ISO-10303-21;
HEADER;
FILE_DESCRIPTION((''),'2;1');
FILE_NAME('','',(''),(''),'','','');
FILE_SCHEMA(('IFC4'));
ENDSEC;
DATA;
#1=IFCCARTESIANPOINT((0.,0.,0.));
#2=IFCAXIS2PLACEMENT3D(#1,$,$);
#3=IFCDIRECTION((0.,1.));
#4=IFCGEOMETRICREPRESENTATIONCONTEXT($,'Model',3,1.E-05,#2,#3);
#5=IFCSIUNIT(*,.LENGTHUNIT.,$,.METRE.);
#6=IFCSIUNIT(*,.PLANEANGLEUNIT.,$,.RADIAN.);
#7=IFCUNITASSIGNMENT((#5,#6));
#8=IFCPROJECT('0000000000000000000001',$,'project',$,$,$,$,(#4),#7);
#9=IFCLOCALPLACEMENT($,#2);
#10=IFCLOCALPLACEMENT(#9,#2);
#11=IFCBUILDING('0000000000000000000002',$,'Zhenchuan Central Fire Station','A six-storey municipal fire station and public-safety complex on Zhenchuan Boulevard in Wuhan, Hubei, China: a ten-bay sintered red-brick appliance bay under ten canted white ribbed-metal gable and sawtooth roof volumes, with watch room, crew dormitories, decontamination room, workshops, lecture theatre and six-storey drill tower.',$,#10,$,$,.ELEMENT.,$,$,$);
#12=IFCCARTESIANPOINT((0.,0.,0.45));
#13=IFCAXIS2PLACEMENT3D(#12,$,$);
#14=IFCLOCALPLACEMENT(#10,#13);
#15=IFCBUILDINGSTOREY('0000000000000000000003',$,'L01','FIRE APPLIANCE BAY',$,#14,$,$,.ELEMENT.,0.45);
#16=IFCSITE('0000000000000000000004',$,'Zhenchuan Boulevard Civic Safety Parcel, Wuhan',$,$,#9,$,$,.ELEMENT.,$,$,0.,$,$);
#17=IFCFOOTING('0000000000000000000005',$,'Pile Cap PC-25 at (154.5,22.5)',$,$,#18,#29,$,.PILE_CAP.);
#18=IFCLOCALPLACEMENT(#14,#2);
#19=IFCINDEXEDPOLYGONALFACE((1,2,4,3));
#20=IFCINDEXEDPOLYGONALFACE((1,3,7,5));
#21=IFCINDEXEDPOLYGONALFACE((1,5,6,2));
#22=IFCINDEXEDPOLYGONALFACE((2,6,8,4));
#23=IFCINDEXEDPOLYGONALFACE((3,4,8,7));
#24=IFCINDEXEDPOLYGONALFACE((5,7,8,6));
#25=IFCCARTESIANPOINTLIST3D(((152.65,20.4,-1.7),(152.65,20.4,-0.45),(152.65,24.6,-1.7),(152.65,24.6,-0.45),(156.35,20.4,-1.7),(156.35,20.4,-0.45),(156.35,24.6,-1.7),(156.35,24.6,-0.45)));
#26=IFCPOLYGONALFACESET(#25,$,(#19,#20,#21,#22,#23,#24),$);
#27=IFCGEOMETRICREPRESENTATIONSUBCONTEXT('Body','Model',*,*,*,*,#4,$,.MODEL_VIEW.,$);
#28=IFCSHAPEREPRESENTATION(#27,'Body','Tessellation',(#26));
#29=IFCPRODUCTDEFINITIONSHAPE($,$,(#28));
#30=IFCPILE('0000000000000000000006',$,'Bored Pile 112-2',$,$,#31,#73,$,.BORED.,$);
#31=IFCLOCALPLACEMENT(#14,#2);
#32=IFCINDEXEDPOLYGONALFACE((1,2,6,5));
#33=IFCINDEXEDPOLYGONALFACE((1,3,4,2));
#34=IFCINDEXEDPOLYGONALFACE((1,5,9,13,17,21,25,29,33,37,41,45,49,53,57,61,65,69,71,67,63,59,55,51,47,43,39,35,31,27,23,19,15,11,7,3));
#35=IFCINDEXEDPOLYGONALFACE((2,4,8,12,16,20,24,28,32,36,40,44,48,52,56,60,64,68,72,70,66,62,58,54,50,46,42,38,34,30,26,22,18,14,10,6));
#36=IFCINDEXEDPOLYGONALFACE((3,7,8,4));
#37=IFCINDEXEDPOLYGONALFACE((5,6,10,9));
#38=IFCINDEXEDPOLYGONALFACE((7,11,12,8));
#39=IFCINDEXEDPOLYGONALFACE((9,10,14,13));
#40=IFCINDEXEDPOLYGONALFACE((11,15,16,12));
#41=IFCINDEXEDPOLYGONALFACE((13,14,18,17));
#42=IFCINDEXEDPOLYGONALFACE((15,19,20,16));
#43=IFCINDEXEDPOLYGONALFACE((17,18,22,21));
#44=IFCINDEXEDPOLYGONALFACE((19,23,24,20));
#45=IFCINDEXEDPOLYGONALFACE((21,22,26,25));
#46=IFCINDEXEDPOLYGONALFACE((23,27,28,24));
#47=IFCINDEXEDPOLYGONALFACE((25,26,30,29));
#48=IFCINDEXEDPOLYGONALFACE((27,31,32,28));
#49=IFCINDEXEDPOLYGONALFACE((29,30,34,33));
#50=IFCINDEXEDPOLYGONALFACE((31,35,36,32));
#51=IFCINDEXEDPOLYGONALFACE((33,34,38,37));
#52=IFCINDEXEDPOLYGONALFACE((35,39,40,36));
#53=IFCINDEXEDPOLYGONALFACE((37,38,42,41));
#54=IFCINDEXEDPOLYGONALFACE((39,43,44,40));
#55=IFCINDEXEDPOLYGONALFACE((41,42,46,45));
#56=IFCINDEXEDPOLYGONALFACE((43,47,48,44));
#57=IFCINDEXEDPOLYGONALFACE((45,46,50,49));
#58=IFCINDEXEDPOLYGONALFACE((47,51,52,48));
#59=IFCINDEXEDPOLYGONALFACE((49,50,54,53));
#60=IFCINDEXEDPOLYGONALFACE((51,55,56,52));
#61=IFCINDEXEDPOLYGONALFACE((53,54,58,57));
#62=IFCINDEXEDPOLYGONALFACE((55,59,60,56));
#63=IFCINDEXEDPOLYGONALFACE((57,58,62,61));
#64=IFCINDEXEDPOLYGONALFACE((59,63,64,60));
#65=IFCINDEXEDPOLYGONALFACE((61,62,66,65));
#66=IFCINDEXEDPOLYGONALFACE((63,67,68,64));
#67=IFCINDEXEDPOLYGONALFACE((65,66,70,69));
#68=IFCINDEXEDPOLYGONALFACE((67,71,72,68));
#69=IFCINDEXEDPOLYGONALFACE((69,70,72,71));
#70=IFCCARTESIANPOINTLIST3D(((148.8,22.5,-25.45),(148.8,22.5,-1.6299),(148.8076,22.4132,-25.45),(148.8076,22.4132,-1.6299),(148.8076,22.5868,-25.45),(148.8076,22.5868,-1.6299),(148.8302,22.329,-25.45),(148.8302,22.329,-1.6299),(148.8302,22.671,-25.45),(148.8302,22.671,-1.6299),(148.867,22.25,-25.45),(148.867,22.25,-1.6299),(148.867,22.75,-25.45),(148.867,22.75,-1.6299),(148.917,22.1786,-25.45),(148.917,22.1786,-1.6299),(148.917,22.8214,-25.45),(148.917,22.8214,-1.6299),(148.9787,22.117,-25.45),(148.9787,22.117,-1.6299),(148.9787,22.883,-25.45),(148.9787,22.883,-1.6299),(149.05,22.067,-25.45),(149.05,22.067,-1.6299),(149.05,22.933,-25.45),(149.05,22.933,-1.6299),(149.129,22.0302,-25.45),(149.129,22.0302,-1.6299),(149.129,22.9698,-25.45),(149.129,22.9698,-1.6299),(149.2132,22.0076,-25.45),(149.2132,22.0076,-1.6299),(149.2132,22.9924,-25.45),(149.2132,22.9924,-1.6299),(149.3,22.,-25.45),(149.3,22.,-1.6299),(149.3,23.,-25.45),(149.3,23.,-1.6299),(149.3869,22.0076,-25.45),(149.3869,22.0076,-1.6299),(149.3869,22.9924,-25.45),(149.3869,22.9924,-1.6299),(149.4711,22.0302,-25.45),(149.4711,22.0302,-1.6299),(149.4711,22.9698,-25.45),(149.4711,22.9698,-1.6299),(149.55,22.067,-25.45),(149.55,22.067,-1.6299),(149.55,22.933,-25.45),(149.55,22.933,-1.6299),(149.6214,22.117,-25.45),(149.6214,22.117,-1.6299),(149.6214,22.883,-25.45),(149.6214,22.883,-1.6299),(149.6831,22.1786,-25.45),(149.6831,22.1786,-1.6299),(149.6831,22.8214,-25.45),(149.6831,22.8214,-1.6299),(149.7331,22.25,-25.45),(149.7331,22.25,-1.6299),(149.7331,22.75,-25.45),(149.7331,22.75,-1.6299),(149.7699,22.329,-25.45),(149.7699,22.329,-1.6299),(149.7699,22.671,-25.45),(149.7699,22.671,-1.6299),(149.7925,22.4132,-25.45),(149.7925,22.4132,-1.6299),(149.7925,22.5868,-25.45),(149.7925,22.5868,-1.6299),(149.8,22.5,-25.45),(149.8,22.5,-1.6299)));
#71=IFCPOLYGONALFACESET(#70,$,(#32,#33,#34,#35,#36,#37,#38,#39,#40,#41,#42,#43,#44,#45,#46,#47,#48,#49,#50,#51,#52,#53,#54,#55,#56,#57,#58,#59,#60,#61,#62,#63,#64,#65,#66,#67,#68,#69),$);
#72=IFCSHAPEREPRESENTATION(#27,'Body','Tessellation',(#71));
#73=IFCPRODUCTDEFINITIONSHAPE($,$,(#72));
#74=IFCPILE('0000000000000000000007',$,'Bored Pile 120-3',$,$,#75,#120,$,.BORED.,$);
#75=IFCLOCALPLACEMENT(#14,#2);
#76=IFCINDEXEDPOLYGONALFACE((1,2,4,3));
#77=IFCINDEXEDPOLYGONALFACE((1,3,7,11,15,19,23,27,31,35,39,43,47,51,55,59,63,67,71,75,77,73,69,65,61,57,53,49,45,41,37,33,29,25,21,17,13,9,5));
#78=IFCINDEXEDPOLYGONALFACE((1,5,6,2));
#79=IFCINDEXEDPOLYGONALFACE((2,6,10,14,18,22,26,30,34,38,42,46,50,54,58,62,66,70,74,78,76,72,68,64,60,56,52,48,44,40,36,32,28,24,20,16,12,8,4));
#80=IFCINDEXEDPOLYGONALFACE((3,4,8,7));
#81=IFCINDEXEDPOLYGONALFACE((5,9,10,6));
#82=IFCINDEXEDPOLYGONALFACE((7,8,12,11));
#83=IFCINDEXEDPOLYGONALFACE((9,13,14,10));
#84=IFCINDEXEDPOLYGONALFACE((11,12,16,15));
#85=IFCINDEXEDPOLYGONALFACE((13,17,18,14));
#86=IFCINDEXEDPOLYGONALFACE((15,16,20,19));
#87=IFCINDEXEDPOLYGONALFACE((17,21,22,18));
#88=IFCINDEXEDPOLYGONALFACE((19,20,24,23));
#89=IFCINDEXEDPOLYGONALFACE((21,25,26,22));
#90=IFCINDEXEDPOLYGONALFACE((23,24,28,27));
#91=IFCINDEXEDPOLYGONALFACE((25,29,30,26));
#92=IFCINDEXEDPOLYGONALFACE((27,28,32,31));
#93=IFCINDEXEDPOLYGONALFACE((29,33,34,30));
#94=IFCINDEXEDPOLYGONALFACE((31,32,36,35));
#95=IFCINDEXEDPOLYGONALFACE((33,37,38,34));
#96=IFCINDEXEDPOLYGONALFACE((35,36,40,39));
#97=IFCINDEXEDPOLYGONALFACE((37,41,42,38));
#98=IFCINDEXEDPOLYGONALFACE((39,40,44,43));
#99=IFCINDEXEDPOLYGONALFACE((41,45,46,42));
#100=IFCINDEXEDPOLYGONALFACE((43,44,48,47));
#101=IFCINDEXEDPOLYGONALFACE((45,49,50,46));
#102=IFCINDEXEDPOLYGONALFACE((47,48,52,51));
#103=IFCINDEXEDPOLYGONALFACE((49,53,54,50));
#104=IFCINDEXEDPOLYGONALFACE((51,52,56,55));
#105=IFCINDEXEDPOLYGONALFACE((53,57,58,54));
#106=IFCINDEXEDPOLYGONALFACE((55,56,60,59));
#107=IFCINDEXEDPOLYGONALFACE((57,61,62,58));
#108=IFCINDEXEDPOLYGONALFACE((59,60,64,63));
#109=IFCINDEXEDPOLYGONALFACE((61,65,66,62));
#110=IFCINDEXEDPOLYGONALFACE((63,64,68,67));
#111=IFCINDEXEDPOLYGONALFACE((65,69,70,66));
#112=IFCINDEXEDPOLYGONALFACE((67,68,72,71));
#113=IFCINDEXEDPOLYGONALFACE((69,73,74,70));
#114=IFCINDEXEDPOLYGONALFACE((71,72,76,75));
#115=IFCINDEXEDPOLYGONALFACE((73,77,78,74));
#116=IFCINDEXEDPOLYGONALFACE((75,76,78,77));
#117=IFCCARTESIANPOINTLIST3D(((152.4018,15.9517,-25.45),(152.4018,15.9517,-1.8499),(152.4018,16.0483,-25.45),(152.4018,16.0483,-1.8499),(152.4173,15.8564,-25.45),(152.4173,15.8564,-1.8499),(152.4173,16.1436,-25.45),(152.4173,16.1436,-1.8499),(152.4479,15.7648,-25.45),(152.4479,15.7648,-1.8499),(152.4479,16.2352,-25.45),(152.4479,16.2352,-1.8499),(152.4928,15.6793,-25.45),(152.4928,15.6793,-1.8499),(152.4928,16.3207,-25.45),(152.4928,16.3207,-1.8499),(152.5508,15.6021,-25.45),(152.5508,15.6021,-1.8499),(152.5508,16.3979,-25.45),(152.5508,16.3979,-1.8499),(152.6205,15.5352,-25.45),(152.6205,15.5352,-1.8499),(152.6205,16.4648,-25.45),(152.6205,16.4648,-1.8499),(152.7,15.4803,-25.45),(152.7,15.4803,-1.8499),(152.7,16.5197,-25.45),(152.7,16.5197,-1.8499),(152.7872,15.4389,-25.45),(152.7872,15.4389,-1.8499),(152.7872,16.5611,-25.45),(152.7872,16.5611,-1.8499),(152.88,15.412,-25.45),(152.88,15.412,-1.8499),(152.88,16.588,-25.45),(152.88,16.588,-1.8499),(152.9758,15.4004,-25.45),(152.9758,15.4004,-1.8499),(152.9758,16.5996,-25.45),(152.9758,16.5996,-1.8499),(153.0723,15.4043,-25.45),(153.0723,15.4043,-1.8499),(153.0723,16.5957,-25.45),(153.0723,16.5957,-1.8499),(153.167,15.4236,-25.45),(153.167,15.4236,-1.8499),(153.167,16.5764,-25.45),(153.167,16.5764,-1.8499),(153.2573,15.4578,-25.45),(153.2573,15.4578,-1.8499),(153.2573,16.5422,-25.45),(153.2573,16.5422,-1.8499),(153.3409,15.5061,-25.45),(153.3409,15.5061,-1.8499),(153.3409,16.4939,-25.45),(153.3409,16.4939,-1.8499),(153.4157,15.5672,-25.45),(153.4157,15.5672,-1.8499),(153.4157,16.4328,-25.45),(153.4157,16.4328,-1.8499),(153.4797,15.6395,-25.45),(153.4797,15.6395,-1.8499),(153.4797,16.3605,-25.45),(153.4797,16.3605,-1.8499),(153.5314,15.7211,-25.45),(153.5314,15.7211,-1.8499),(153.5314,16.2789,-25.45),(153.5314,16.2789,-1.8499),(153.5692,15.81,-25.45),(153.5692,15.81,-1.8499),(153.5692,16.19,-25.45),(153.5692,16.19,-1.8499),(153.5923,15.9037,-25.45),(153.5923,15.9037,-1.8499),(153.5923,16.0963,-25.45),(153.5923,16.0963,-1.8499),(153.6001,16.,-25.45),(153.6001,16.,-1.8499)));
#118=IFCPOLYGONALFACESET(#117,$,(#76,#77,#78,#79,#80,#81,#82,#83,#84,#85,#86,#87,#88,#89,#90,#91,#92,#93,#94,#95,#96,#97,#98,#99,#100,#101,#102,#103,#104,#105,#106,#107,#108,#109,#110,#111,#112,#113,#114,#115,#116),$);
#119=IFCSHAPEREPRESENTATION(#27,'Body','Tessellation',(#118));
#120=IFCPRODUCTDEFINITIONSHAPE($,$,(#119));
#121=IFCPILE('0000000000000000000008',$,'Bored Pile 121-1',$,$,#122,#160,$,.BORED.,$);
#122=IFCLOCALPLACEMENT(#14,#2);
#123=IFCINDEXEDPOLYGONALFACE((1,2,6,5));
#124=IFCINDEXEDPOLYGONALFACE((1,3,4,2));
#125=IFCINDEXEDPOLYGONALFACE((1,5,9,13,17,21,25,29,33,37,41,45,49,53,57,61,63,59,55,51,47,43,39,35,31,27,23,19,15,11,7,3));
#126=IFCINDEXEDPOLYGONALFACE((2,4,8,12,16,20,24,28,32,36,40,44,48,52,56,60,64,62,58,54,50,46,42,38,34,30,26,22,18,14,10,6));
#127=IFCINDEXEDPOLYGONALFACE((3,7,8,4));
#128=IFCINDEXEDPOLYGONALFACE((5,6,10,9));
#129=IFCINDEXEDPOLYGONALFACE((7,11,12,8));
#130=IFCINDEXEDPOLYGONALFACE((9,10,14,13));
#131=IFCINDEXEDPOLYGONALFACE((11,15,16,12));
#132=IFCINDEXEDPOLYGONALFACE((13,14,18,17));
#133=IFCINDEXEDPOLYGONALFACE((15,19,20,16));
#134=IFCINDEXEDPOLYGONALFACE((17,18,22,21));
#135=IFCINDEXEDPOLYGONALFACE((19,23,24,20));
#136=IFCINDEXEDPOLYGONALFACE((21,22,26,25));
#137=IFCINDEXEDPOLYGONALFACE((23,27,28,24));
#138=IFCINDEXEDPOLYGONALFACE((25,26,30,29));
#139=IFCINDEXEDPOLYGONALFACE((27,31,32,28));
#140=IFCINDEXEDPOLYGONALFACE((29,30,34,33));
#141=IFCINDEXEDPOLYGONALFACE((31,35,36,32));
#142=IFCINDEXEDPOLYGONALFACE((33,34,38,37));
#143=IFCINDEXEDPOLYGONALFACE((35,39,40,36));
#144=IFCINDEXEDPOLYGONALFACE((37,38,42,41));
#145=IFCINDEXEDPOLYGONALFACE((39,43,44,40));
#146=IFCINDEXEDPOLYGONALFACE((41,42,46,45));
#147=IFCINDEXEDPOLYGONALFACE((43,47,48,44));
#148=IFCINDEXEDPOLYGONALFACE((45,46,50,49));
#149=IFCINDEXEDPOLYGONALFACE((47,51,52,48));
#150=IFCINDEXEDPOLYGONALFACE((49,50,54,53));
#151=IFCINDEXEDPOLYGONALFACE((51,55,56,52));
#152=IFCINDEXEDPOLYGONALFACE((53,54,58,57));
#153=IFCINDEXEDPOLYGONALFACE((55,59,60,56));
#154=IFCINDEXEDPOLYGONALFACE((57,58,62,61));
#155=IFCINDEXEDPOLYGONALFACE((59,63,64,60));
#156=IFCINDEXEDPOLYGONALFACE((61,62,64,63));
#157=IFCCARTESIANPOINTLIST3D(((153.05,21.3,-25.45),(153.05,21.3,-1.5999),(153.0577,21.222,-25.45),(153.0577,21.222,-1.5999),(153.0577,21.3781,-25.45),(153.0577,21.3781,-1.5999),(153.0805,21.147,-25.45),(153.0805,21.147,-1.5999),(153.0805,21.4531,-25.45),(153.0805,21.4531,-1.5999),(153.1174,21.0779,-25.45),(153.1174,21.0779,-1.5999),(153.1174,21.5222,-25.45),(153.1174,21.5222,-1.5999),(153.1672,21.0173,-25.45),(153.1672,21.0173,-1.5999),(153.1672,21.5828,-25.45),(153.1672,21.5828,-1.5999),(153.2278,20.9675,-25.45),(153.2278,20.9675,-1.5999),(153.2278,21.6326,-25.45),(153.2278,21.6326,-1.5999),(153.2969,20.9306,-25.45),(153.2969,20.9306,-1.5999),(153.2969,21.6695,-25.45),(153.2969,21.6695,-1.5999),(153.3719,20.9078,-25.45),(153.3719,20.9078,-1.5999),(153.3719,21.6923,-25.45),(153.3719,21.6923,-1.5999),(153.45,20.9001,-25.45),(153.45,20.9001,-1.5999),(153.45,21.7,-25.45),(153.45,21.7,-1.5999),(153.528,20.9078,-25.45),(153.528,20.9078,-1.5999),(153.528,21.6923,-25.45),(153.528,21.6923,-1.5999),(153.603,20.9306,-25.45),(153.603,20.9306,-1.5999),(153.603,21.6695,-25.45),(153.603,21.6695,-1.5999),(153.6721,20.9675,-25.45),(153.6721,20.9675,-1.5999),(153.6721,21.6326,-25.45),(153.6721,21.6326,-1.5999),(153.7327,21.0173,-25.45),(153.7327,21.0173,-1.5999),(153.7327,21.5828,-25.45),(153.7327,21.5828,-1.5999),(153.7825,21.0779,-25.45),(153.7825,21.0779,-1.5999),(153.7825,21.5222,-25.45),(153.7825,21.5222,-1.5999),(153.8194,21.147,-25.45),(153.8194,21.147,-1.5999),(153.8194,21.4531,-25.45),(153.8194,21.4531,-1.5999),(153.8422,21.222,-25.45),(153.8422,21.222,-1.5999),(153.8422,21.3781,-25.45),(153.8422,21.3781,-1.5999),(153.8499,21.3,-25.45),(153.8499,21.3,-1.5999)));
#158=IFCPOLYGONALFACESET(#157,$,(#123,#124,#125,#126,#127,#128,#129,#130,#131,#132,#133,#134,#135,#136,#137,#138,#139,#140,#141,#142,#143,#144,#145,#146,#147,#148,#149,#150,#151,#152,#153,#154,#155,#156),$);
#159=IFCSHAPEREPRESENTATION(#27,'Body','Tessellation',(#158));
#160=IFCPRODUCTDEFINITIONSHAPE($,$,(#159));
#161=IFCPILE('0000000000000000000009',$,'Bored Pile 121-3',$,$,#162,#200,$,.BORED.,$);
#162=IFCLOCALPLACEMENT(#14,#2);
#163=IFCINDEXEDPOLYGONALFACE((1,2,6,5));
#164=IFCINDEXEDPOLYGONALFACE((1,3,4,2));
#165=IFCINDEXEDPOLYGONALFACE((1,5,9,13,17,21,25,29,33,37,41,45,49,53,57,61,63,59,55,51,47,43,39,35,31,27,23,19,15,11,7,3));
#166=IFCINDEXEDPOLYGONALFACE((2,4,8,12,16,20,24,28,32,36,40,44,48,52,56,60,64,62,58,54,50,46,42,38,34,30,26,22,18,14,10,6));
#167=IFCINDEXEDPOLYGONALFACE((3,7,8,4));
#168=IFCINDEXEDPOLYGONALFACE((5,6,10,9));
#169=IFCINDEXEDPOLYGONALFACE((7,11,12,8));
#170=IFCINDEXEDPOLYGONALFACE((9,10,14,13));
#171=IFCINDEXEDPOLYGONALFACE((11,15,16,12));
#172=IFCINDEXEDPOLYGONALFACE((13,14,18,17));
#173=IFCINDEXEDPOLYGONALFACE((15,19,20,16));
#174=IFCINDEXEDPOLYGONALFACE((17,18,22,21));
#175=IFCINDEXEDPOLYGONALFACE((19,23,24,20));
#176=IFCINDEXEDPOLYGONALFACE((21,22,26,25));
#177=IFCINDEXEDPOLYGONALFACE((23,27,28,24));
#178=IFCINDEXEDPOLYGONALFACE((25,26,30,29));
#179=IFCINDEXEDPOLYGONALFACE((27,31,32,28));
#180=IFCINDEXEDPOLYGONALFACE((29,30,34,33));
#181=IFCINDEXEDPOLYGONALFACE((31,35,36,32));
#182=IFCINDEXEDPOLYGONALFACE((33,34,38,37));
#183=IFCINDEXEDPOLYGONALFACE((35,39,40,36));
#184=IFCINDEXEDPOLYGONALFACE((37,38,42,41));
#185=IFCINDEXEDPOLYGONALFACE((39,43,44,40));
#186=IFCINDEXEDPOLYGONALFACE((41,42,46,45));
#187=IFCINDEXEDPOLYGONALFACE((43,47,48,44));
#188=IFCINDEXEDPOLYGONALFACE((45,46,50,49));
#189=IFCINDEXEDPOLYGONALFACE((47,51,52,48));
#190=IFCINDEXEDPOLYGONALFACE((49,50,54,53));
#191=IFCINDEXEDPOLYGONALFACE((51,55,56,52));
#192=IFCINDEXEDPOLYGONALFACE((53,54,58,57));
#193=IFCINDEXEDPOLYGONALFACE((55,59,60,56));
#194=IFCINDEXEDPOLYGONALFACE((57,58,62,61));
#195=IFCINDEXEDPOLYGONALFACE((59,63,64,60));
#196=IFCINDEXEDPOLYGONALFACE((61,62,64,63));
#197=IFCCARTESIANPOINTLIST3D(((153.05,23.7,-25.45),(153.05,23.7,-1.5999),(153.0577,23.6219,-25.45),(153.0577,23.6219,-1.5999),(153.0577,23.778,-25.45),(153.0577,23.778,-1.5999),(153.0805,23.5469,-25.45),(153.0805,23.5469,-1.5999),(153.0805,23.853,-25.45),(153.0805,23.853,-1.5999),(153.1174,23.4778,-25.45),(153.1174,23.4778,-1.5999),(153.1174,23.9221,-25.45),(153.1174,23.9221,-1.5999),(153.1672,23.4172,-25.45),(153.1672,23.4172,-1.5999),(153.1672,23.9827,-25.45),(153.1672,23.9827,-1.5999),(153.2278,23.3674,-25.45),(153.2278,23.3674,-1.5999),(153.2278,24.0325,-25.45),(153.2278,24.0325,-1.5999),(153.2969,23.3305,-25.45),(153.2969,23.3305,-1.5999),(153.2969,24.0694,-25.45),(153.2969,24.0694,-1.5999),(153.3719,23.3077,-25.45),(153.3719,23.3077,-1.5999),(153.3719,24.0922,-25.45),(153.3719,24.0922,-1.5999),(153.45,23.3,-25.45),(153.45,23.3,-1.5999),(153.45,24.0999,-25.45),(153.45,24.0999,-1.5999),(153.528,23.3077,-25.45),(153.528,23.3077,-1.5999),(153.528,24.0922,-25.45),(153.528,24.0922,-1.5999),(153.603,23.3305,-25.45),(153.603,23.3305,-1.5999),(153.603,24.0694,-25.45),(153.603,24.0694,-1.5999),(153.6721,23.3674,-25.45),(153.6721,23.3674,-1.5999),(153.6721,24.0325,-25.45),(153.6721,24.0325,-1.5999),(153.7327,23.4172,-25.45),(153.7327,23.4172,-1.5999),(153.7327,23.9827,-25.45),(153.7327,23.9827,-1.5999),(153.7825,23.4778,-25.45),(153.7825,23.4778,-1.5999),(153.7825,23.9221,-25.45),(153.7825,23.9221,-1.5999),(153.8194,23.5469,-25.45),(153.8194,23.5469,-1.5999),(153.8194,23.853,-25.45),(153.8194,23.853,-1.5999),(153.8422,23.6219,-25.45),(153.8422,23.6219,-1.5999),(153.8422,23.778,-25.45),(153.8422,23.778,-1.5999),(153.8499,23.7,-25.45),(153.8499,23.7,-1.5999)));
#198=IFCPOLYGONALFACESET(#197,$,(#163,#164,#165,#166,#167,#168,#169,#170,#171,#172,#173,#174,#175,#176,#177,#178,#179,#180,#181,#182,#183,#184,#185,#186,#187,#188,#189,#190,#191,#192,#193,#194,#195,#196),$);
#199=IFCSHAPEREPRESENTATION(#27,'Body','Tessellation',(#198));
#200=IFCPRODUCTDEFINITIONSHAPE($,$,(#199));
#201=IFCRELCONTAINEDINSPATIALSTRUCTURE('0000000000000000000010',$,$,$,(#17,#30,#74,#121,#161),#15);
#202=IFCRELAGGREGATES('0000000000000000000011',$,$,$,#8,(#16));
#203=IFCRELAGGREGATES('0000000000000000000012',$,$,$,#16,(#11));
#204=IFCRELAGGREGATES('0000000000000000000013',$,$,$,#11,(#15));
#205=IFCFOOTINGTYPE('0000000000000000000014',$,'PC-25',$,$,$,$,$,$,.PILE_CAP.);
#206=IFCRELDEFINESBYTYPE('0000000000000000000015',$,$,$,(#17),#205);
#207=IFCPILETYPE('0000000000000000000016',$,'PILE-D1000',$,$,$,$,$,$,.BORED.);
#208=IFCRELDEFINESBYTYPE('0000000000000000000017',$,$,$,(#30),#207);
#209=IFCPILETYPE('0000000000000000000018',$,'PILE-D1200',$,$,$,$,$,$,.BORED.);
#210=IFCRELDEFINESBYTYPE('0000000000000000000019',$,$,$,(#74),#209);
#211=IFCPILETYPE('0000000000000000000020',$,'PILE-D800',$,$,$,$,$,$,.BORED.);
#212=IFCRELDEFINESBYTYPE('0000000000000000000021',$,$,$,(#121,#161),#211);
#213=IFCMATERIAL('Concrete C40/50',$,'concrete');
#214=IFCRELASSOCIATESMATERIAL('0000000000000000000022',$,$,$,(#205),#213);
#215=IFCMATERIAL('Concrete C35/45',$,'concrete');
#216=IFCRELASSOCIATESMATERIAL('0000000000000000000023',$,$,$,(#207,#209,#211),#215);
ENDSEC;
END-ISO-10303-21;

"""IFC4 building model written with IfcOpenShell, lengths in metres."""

from ifc_helpers import new_model, si_unit, direction, frame, origin, origin_2d, place, context, subcontext, project, spatial, rectangle, circle, extrude, material, material_profile, profile_set, type_object, element, save


model = new_model("IFC4")

# Units and contexts
model_context = context("Model", 3, precision=1e-05, world=origin(), true_north=direction((0.0, 1.0)))
body_context = subcontext(model_context, "Body", "Model", "MODEL_VIEW")
ifc_project = project(units=[si_unit("LENGTHUNIT", "METRE"), si_unit("PLANEANGLEUNIT", "RADIAN")], contexts=[model_context])

# Site, building, storey
site_placement = place(None, origin())
site = spatial("IfcSite", under=ifc_project, at=site_placement, Name="Zhenchuan Boulevard Civic Safety Parcel, Wuhan", CompositionType="ELEMENT", RefElevation=0.0)
building_placement = place(site_placement, origin())
building = spatial("IfcBuilding", under=site, at=building_placement, Name="Zhenchuan Central Fire Station", Description="A six-storey municipal fire station and public-safety complex on Zhenchuan Boulevard in Wuhan, Hubei, China: a ten-bay sintered red-brick appliance bay under ten canted white ribbed-metal gable and sawtooth roof volumes, with watch room, crew dormitories, decontamination room, workshops, lecture theatre and six-storey drill tower.", CompositionType="ELEMENT")
storey_placement = place(building_placement, frame((0.0, 0.0, 0.45)))
storey = spatial("IfcBuildingStorey", under=building, at=storey_placement, Name="L01", Description="FIRE APPLIANCE BAY", CompositionType="ELEMENT", Elevation=0.45)

# Footing
ifc_material_1 = material(Name="Concrete C40/50", Category="concrete")
footing_type = type_object("IfcFootingType", Name="PC-25", PredefinedType="PILE_CAP", material=ifc_material_1)
footing_placement = place(storey_placement, frame((154.5, 22.5, -1.7), z_axis=(0.0, 0.0, 1.0), x_axis=(1.0, 0.0, 0.0)))
element("IfcFooting", 1, at=footing_placement, inside=storey, type_object=footing_type, Name="Pile Cap PC-25 at (154.5,22.5)", PredefinedType="PILE_CAP", context=body_context, shape_type="SweptSolid", body=[
    extrude(rectangle(XDim=3.7, YDim=4.2, at=origin_2d()), origin(), (0.0, 0.0, 1.0), 1.25),
])

# Piles
ifc_material_2 = material(Name="Concrete C35/45", Category="concrete")
ifc_material_profile_1 = material_profile(ifc_material_2, circle(Radius=0.5, at=origin_2d()), Name="PILE D1000")
ifc_profile_set_1 = profile_set([ifc_material_profile_1], Name="Concrete C35/45")
pile_type_1 = type_object("IfcPileType", Name="PILE-D1000", PredefinedType="BORED", material=ifc_profile_set_1)
pile_1_placement = place(storey_placement, frame((149.3, 22.5, -1.6299), z_axis=(0.0, 0.0, -1.0), x_axis=(1.0, 0.0, 0.0)))
element("IfcPile", 2, at=pile_1_placement, inside=storey, type_object=pile_type_1, Name="Bored Pile 112-2", PredefinedType="BORED", context=body_context, shape_type="SweptSolid", body=[
    extrude(circle(Radius=0.5, at=origin_2d()), origin(), (0.0, 0.0, 1.0), 23.8201),
])
ifc_material_profile_2 = material_profile(ifc_material_2, circle(Radius=0.6001, at=origin_2d()), Name="PILE D1200")
ifc_profile_set_2 = profile_set([ifc_material_profile_2], Name="Concrete C35/45")
pile_type_2 = type_object("IfcPileType", Name="PILE-D1200", PredefinedType="BORED", material=ifc_profile_set_2)
pile_2_placement = place(storey_placement, frame((153.0, 16.0, -1.8499), z_axis=(0.0, 0.0, -1.0), x_axis=(1.0, 0.0, 0.0)))
element("IfcPile", 3, at=pile_2_placement, inside=storey, type_object=pile_type_2, Name="Bored Pile 120-3", PredefinedType="BORED", context=body_context, shape_type="SweptSolid", body=[
    extrude(circle(Radius=0.6001, at=origin_2d()), origin(), (0.0, 0.0, 1.0), 23.6001),
])
ifc_material_profile_3 = material_profile(ifc_material_2, circle(Radius=0.3999, at=origin_2d()), Name="PILE D800")
ifc_profile_set_3 = profile_set([ifc_material_profile_3], Name="Concrete C35/45")
pile_type_3 = type_object("IfcPileType", Name="PILE-D800", PredefinedType="BORED", material=ifc_profile_set_3)
for number, where, z_axis, x_axis, name in (
    (4, (153.45, 21.3, -1.5999), (0.0, 0.0, -1.0), (1.0, 0.0, 0.0), "Bored Pile 121-1"),
    (5, (153.45, 23.7, -1.5999), (0.0, 0.0, -1.0), (1.0, 0.0, 0.0), "Bored Pile 121-3"),
):
    element("IfcPile", number, at=place(storey_placement, frame(where, z_axis=z_axis, x_axis=x_axis)), inside=storey, type_object=pile_type_3, Name=name, PredefinedType="BORED", context=body_context, shape_type="SweptSolid", body=[
        extrude(circle(Radius=0.3999, at=origin_2d()), origin(), (0.0, 0.0, 1.0), 23.8501),
    ])

save(model, "model.ifc")
